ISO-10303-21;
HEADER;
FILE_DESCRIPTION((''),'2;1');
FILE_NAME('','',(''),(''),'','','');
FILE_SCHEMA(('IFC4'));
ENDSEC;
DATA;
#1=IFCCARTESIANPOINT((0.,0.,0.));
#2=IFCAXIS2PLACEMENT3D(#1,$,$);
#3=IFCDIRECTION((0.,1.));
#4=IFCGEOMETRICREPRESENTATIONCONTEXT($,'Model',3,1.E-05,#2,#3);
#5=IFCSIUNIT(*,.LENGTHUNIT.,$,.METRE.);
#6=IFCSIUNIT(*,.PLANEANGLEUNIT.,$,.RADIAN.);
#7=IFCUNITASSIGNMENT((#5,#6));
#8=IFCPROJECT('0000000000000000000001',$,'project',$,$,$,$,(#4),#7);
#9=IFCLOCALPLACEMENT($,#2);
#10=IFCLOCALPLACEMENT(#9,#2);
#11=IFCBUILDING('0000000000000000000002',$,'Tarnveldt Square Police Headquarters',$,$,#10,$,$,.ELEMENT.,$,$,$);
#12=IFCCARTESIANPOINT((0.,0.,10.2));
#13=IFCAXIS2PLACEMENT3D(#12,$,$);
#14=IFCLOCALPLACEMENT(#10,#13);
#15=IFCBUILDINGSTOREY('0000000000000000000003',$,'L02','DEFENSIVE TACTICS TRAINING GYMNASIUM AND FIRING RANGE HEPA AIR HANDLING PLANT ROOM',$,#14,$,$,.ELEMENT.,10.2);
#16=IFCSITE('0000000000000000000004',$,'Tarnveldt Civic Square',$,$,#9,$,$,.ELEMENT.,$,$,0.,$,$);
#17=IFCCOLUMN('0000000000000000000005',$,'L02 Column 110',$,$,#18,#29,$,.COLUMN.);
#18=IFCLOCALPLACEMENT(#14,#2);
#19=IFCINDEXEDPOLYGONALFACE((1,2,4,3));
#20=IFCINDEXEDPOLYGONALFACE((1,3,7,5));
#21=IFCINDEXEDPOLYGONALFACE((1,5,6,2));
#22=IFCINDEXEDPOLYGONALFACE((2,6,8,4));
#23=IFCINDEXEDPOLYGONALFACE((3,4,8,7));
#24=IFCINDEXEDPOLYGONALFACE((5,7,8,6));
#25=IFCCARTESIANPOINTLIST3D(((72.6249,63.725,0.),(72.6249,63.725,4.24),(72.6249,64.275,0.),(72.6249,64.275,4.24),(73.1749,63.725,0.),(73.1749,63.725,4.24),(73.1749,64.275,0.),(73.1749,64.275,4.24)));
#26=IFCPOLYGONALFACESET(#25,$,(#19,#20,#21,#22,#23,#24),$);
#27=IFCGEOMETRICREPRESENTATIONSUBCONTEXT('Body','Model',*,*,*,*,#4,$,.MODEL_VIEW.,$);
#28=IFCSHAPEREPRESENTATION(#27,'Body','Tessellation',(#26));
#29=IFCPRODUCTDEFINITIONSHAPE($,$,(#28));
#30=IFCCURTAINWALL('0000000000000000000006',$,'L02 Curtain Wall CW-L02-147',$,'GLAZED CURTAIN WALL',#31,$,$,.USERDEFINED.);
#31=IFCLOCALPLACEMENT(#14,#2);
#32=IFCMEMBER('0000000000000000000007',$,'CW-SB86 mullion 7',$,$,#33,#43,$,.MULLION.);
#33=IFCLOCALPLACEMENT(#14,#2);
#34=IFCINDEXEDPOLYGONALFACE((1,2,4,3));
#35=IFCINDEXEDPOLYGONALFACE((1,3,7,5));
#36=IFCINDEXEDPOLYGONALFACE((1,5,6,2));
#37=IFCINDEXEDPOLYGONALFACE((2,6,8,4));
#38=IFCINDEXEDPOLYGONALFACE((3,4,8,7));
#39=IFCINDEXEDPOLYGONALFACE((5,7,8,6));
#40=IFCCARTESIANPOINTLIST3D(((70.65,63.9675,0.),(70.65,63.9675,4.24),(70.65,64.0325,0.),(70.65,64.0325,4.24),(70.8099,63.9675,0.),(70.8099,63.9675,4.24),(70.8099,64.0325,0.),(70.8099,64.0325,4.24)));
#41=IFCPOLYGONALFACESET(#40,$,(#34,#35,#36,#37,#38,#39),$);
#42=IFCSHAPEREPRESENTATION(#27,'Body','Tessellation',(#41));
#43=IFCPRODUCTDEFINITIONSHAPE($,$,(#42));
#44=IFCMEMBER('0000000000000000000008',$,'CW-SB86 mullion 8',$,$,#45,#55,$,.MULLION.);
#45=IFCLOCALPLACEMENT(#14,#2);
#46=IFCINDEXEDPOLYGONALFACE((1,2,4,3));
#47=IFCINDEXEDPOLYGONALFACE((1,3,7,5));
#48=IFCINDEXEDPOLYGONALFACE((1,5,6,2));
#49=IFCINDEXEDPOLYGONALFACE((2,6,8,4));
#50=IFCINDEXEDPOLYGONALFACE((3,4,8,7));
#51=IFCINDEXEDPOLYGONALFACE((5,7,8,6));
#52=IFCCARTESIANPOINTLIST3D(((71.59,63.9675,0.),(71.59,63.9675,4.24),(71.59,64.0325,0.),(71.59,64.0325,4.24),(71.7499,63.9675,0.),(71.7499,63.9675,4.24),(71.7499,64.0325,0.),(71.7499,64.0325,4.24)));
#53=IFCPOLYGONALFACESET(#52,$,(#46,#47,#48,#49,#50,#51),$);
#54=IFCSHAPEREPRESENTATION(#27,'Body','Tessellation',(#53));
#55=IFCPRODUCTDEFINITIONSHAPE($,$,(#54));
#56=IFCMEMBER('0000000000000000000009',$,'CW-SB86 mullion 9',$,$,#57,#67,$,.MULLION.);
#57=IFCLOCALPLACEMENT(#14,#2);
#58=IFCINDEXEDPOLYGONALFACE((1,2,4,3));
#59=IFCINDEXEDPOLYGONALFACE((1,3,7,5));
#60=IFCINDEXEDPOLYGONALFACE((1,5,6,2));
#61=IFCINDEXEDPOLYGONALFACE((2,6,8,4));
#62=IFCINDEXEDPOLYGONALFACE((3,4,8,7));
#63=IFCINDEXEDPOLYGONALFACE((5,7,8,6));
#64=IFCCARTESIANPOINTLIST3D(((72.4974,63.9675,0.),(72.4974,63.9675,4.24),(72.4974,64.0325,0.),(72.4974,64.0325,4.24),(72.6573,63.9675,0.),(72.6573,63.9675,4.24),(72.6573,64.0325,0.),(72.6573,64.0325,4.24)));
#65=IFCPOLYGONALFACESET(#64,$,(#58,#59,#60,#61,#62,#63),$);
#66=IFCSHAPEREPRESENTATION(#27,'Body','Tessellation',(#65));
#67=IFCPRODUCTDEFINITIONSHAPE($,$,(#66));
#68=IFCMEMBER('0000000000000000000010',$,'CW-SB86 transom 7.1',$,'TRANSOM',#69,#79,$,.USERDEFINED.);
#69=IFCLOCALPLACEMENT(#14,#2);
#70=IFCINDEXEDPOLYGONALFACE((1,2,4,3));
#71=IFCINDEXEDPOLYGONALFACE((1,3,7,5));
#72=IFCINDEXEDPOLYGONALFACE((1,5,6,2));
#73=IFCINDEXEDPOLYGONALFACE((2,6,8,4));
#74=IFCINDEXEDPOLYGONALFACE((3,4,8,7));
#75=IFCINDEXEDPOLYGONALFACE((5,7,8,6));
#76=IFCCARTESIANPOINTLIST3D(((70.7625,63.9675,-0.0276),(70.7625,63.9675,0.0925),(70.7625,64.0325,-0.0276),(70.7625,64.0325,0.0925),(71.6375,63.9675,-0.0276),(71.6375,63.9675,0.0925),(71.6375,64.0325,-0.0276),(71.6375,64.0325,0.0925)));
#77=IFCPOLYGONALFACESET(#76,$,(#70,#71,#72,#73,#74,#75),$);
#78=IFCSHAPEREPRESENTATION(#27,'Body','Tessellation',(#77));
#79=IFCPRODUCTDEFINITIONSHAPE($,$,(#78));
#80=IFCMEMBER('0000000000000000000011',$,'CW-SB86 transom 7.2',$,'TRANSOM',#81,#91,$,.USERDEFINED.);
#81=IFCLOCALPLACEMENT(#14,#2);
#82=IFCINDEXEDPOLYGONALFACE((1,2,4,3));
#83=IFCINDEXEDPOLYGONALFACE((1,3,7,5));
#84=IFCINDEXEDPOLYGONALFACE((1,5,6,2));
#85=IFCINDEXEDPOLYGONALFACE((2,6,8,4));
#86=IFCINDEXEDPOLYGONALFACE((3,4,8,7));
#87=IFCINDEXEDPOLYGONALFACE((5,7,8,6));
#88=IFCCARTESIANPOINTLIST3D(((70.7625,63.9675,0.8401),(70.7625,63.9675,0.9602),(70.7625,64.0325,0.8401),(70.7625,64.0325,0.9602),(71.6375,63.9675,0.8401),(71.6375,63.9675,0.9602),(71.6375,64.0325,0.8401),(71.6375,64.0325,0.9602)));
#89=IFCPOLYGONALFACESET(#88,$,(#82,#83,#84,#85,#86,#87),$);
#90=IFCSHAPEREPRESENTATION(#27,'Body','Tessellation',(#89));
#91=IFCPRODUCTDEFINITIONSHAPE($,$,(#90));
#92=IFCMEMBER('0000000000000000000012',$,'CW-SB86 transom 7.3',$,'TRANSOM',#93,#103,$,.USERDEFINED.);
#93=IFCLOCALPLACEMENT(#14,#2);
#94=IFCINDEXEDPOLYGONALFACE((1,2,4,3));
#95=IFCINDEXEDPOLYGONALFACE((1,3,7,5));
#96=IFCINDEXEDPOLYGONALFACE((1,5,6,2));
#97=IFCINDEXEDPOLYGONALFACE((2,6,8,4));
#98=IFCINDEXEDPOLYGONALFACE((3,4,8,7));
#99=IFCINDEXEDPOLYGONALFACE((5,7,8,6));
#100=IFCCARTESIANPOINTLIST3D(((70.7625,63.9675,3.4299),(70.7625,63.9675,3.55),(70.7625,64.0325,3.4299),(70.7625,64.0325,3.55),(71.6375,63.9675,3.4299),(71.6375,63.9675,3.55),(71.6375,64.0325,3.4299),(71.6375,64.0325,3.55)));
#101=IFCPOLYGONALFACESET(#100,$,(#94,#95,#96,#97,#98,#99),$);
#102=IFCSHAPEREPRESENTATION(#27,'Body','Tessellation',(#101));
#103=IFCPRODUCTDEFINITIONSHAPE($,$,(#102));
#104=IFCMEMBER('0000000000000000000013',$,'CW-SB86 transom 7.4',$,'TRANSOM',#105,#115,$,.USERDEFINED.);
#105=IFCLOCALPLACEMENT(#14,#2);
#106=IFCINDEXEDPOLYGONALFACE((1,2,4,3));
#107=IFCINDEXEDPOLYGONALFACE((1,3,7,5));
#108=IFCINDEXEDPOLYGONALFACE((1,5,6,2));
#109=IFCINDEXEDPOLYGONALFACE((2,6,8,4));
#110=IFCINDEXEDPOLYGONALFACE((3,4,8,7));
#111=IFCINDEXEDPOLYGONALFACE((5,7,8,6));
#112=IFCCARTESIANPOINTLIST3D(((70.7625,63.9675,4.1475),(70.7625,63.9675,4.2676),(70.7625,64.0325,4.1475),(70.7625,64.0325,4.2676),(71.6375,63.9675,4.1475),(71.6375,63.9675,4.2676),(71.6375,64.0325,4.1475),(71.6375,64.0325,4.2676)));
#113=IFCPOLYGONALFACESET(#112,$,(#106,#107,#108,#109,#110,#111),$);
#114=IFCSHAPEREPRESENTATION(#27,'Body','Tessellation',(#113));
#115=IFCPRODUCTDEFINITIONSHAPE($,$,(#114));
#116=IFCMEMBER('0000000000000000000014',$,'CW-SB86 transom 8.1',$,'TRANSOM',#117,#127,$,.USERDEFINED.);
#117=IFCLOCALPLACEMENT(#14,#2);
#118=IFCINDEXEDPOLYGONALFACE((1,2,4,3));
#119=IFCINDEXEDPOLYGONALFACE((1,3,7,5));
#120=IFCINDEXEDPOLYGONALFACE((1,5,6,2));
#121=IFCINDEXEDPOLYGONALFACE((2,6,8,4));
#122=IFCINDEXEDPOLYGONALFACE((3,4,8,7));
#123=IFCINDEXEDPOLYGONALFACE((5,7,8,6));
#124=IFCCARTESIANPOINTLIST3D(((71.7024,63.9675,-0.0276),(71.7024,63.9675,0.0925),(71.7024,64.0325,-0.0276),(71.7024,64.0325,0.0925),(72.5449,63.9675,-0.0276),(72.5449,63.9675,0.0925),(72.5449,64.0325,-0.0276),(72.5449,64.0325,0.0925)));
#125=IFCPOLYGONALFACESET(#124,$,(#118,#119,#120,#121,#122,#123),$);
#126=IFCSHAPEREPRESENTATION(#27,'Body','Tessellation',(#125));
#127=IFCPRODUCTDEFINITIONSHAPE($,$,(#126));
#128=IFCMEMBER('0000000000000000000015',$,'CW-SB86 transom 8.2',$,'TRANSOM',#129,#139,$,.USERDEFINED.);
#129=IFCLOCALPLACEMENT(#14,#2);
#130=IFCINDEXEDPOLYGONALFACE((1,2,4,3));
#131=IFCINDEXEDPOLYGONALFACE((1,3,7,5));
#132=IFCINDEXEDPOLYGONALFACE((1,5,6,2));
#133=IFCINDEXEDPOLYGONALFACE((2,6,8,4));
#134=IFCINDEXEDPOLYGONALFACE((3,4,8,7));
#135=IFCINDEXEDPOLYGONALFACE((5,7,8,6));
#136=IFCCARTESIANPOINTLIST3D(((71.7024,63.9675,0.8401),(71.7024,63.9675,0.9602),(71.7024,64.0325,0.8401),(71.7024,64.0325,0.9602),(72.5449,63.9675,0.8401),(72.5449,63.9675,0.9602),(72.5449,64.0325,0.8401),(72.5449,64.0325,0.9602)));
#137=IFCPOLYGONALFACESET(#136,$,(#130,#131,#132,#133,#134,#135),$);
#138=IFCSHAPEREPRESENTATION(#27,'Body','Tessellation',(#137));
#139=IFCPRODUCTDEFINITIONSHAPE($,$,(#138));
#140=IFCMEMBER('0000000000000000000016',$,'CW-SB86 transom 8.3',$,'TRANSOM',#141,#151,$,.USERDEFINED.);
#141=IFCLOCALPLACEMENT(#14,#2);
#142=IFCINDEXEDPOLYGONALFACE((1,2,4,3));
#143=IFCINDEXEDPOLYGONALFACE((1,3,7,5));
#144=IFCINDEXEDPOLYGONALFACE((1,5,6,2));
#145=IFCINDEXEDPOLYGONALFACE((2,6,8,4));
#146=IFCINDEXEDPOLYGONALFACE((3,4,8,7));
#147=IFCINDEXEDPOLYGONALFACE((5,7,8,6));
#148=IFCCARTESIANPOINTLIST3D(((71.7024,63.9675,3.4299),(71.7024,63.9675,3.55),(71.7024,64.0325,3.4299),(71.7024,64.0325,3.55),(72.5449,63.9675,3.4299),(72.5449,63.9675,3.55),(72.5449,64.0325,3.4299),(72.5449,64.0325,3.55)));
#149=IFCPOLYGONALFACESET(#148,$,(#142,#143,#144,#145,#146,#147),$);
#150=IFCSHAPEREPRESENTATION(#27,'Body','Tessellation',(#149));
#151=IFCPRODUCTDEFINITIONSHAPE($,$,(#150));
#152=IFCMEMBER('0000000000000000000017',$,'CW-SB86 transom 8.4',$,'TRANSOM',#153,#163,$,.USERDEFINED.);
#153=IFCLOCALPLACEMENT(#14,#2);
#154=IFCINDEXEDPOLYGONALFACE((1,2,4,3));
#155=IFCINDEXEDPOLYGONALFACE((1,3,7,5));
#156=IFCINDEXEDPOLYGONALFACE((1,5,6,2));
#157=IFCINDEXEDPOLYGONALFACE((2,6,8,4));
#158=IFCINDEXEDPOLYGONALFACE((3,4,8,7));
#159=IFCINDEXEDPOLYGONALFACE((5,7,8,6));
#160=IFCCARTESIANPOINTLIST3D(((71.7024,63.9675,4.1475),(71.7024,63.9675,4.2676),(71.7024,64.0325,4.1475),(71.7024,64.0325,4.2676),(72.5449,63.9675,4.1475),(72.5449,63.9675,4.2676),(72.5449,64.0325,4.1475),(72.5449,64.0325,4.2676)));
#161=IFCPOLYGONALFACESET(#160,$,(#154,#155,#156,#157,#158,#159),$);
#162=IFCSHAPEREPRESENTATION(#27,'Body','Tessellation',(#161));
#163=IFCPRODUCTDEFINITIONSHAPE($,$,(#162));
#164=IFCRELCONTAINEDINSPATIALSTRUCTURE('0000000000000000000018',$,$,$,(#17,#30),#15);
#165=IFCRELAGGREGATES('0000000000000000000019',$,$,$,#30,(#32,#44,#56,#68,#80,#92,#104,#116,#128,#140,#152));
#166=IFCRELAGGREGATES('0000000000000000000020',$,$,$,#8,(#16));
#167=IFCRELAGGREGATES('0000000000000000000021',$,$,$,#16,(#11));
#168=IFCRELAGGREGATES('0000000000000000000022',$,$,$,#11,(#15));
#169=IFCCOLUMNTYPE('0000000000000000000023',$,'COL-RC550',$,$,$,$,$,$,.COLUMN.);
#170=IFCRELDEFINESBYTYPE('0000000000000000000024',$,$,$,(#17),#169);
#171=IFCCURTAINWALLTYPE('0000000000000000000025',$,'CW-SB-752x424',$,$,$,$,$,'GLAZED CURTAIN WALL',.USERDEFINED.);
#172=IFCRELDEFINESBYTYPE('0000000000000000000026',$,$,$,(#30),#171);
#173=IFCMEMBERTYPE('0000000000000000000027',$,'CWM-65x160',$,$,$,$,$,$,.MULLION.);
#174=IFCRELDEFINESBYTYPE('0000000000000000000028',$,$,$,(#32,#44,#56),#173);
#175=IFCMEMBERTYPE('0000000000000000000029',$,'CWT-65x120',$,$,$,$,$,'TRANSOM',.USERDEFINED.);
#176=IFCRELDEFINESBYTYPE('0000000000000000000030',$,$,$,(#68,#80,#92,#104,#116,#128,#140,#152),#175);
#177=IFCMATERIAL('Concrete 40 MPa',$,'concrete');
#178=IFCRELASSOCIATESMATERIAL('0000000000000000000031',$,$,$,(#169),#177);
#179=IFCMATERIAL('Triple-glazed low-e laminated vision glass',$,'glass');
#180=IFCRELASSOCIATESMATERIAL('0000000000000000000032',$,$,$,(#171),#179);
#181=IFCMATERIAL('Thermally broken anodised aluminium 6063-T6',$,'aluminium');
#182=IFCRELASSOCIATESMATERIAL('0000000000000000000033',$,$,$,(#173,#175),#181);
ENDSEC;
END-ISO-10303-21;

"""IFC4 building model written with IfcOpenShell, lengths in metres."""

from ifc_helpers import new_model, si_unit, direction, frame, origin, origin_2d, place, context, subcontext, project, spatial, rectangle, extrude, material, material_profile, profile_set, type_object, element, aggregate, save


model = new_model("IFC4")

# Units and contexts
model_context = context("Model", 3, precision=1e-05, world=origin(), true_north=direction((0.0, 1.0)))
body_context = subcontext(model_context, "Body", "Model", "MODEL_VIEW")
ifc_project = project(units=[si_unit("LENGTHUNIT", "METRE"), si_unit("PLANEANGLEUNIT", "RADIAN")], contexts=[model_context])

# Site, building, storey
site_placement = place(None, origin())
site = spatial("IfcSite", under=ifc_project, at=site_placement, Name="Tarnveldt Civic Square", CompositionType="ELEMENT", RefElevation=0.0)
building_placement = place(site_placement, origin())
building = spatial("IfcBuilding", under=site, at=building_placement, Name="Tarnveldt Square Police Headquarters", CompositionType="ELEMENT")
storey_placement = place(building_placement, frame((0.0, 0.0, 10.2)))
storey = spatial("IfcBuildingStorey", under=building, at=storey_placement, Name="L02", Description="DEFENSIVE TACTICS TRAINING GYMNASIUM AND FIRING RANGE HEPA AIR HANDLING PLANT ROOM", CompositionType="ELEMENT", Elevation=10.2)

# Column
ifc_material_1 = material(Name="Concrete 40 MPa", Category="concrete")
ifc_material_profile_1 = material_profile(ifc_material_1, rectangle(XDim=0.55, YDim=0.55, at=origin_2d()), Name="RC-C550x550")
ifc_profile_set_1 = profile_set([ifc_material_profile_1], Name="Concrete 40 MPa")
column_type = type_object("IfcColumnType", Name="COL-RC550", PredefinedType="COLUMN", material=ifc_profile_set_1)
column_placement = place(storey_placement, frame((72.8999, 64.0, 0.0), z_axis=(0.0, 0.0, 1.0), x_axis=(1.0, 0.0, 0.0)))
element("IfcColumn", 1, at=column_placement, inside=storey, type_object=column_type, Name="L02 Column 110", PredefinedType="COLUMN", context=body_context, shape_type="SweptSolid", body=[
    extrude(rectangle(XDim=0.55, YDim=0.55, at=origin_2d()), origin(), (0.0, 0.0, 1.0), 4.24),
])

# Curtain wall, members
ifc_material_2 = material(Name="Triple-glazed low-e laminated vision glass", Category="glass")
curtain_wall_type = type_object("IfcCurtainWallType", Name="CW-SB-752x424", ElementType="GLAZED CURTAIN WALL", PredefinedType="USERDEFINED", material=ifc_material_2)
curtain_wall_placement = place(storey_placement, origin())
curtain_wall = element("IfcCurtainWall", 2, at=curtain_wall_placement, inside=storey, type_object=curtain_wall_type, Name="L02 Curtain Wall CW-L02-147", ObjectType="GLAZED CURTAIN WALL", PredefinedType="USERDEFINED")
ifc_material_3 = material(Name="Thermally broken anodised aluminium 6063-T6", Category="aluminium")
ifc_material_profile_2 = material_profile(ifc_material_3, rectangle(XDim=0.0649, YDim=0.1599, at=origin_2d()), Name="CW-M65x160")
ifc_profile_set_2 = profile_set([ifc_material_profile_2], Name="Thermally broken anodised aluminium 6063-T6")
member_type_1 = type_object("IfcMemberType", Name="CWM-65x160", PredefinedType="MULLION", material=ifc_profile_set_2)
member_1_placement = place(storey_placement, frame((70.73, 64.0, 0.0), z_axis=(0.0, 0.0, 1.0), x_axis=(0.0, 1.0, 0.0)))
member_1 = element("IfcMember", 3, at=member_1_placement, type_object=member_type_1, Name="CW-SB86 mullion 7", PredefinedType="MULLION", context=body_context, shape_type="SweptSolid", body=[
    extrude(rectangle(XDim=0.0649, YDim=0.1599, at=origin_2d()), origin(), (0.0, 0.0, 1.0), 4.24),
])
member_2_placement = place(storey_placement, frame((71.6699, 64.0, 0.0), z_axis=(0.0, 0.0, 1.0), x_axis=(0.0, 1.0, 0.0)))
member_2 = element("IfcMember", 4, at=member_2_placement, type_object=member_type_1, Name="CW-SB86 mullion 8", PredefinedType="MULLION", context=body_context, shape_type="SweptSolid", body=[
    extrude(rectangle(XDim=0.0649, YDim=0.1599, at=origin_2d()), origin(), (0.0, 0.0, 1.0), 4.24),
])
member_3_placement = place(storey_placement, frame((72.5774, 64.0, 0.0), z_axis=(0.0, 0.0, 1.0), x_axis=(0.0, 1.0, 0.0)))
member_3 = element("IfcMember", 5, at=member_3_placement, type_object=member_type_1, Name="CW-SB86 mullion 9", PredefinedType="MULLION", context=body_context, shape_type="SweptSolid", body=[
    extrude(rectangle(XDim=0.0649, YDim=0.1599, at=origin_2d()), origin(), (0.0, 0.0, 1.0), 4.24),
])
ifc_material_profile_3 = material_profile(ifc_material_3, rectangle(XDim=0.0649, YDim=0.1201, at=origin_2d()), Name="CW-T65x120")
ifc_profile_set_3 = profile_set([ifc_material_profile_3], Name="Thermally broken anodised aluminium 6063-T6")
member_type_2 = type_object("IfcMemberType", Name="CWT-65x120", ElementType="TRANSOM", PredefinedType="USERDEFINED", material=ifc_profile_set_3)
member_4_placement = place(storey_placement, frame((70.7625, 64.0, 0.0325), z_axis=(1.0, 0.0, 0.0), x_axis=(0.0, 1.0, 0.0)))
member_4 = element("IfcMember", 6, at=member_4_placement, type_object=member_type_2, Name="CW-SB86 transom 7.1", ObjectType="TRANSOM", PredefinedType="USERDEFINED", context=body_context, shape_type="SweptSolid", body=[
    extrude(rectangle(XDim=0.0649, YDim=0.1201, at=origin_2d()), origin(), (0.0, 0.0, 1.0), 0.875),
])
member_5_placement = place(storey_placement, frame((70.7625, 64.0, 0.9001), z_axis=(1.0, 0.0, 0.0), x_axis=(0.0, 1.0, 0.0)))
member_5 = element("IfcMember", 7, at=member_5_placement, type_object=member_type_2, Name="CW-SB86 transom 7.2", ObjectType="TRANSOM", PredefinedType="USERDEFINED", context=body_context, shape_type="SweptSolid", body=[
    extrude(rectangle(XDim=0.0649, YDim=0.1201, at=origin_2d()), origin(), (0.0, 0.0, 1.0), 0.875),
])
member_6_placement = place(storey_placement, frame((70.7625, 64.0, 3.49), z_axis=(1.0, 0.0, 0.0), x_axis=(0.0, 1.0, 0.0)))
member_6 = element("IfcMember", 8, at=member_6_placement, type_object=member_type_2, Name="CW-SB86 transom 7.3", ObjectType="TRANSOM", PredefinedType="USERDEFINED", context=body_context, shape_type="SweptSolid", body=[
    extrude(rectangle(XDim=0.0649, YDim=0.1201, at=origin_2d()), origin(), (0.0, 0.0, 1.0), 0.875),
])
member_7_placement = place(storey_placement, frame((70.7625, 64.0, 4.2075), z_axis=(1.0, 0.0, 0.0), x_axis=(0.0, 1.0, 0.0)))
member_7 = element("IfcMember", 9, at=member_7_placement, type_object=member_type_2, Name="CW-SB86 transom 7.4", ObjectType="TRANSOM", PredefinedType="USERDEFINED", context=body_context, shape_type="SweptSolid", body=[
    extrude(rectangle(XDim=0.0649, YDim=0.1201, at=origin_2d()), origin(), (0.0, 0.0, 1.0), 0.875),
])
member_8_placement = place(storey_placement, frame((71.7024, 64.0, 0.0325), z_axis=(1.0, 0.0, 0.0), x_axis=(0.0, 1.0, 0.0)))
member_8 = element("IfcMember", 10, at=member_8_placement, type_object=member_type_2, Name="CW-SB86 transom 8.1", ObjectType="TRANSOM", PredefinedType="USERDEFINED", context=body_context, shape_type="SweptSolid", body=[
    extrude(rectangle(XDim=0.0649, YDim=0.1201, at=origin_2d()), origin(), (0.0, 0.0, 1.0), 0.8425),
])
member_9_placement = place(storey_placement, frame((71.7024, 64.0, 0.9001), z_axis=(1.0, 0.0, 0.0), x_axis=(0.0, 1.0, 0.0)))
member_9 = element("IfcMember", 11, at=member_9_placement, type_object=member_type_2, Name="CW-SB86 transom 8.2", ObjectType="TRANSOM", PredefinedType="USERDEFINED", context=body_context, shape_type="SweptSolid", body=[
    extrude(rectangle(XDim=0.0649, YDim=0.1201, at=origin_2d()), origin(), (0.0, 0.0, 1.0), 0.8425),
])
member_10_placement = place(storey_placement, frame((71.7024, 64.0, 3.49), z_axis=(1.0, 0.0, 0.0), x_axis=(0.0, 1.0, 0.0)))
member_10 = element("IfcMember", 12, at=member_10_placement, type_object=member_type_2, Name="CW-SB86 transom 8.3", ObjectType="TRANSOM", PredefinedType="USERDEFINED", context=body_context, shape_type="SweptSolid", body=[
    extrude(rectangle(XDim=0.0649, YDim=0.1201, at=origin_2d()), origin(), (0.0, 0.0, 1.0), 0.8425),
])
member_11_placement = place(storey_placement, frame((71.7024, 64.0, 4.2075), z_axis=(1.0, 0.0, 0.0), x_axis=(0.0, 1.0, 0.0)))
member_11 = element("IfcMember", 13, at=member_11_placement, type_object=member_type_2, Name="CW-SB86 transom 8.4", ObjectType="TRANSOM", PredefinedType="USERDEFINED", context=body_context, shape_type="SweptSolid", body=[
    extrude(rectangle(XDim=0.0649, YDim=0.1201, at=origin_2d()), origin(), (0.0, 0.0, 1.0), 0.8425),
])

aggregate(curtain_wall, [member_1, member_2, member_3, member_4, member_5, member_6, member_7, member_8, member_9, member_10, member_11])

save(model, "model.ifc")
